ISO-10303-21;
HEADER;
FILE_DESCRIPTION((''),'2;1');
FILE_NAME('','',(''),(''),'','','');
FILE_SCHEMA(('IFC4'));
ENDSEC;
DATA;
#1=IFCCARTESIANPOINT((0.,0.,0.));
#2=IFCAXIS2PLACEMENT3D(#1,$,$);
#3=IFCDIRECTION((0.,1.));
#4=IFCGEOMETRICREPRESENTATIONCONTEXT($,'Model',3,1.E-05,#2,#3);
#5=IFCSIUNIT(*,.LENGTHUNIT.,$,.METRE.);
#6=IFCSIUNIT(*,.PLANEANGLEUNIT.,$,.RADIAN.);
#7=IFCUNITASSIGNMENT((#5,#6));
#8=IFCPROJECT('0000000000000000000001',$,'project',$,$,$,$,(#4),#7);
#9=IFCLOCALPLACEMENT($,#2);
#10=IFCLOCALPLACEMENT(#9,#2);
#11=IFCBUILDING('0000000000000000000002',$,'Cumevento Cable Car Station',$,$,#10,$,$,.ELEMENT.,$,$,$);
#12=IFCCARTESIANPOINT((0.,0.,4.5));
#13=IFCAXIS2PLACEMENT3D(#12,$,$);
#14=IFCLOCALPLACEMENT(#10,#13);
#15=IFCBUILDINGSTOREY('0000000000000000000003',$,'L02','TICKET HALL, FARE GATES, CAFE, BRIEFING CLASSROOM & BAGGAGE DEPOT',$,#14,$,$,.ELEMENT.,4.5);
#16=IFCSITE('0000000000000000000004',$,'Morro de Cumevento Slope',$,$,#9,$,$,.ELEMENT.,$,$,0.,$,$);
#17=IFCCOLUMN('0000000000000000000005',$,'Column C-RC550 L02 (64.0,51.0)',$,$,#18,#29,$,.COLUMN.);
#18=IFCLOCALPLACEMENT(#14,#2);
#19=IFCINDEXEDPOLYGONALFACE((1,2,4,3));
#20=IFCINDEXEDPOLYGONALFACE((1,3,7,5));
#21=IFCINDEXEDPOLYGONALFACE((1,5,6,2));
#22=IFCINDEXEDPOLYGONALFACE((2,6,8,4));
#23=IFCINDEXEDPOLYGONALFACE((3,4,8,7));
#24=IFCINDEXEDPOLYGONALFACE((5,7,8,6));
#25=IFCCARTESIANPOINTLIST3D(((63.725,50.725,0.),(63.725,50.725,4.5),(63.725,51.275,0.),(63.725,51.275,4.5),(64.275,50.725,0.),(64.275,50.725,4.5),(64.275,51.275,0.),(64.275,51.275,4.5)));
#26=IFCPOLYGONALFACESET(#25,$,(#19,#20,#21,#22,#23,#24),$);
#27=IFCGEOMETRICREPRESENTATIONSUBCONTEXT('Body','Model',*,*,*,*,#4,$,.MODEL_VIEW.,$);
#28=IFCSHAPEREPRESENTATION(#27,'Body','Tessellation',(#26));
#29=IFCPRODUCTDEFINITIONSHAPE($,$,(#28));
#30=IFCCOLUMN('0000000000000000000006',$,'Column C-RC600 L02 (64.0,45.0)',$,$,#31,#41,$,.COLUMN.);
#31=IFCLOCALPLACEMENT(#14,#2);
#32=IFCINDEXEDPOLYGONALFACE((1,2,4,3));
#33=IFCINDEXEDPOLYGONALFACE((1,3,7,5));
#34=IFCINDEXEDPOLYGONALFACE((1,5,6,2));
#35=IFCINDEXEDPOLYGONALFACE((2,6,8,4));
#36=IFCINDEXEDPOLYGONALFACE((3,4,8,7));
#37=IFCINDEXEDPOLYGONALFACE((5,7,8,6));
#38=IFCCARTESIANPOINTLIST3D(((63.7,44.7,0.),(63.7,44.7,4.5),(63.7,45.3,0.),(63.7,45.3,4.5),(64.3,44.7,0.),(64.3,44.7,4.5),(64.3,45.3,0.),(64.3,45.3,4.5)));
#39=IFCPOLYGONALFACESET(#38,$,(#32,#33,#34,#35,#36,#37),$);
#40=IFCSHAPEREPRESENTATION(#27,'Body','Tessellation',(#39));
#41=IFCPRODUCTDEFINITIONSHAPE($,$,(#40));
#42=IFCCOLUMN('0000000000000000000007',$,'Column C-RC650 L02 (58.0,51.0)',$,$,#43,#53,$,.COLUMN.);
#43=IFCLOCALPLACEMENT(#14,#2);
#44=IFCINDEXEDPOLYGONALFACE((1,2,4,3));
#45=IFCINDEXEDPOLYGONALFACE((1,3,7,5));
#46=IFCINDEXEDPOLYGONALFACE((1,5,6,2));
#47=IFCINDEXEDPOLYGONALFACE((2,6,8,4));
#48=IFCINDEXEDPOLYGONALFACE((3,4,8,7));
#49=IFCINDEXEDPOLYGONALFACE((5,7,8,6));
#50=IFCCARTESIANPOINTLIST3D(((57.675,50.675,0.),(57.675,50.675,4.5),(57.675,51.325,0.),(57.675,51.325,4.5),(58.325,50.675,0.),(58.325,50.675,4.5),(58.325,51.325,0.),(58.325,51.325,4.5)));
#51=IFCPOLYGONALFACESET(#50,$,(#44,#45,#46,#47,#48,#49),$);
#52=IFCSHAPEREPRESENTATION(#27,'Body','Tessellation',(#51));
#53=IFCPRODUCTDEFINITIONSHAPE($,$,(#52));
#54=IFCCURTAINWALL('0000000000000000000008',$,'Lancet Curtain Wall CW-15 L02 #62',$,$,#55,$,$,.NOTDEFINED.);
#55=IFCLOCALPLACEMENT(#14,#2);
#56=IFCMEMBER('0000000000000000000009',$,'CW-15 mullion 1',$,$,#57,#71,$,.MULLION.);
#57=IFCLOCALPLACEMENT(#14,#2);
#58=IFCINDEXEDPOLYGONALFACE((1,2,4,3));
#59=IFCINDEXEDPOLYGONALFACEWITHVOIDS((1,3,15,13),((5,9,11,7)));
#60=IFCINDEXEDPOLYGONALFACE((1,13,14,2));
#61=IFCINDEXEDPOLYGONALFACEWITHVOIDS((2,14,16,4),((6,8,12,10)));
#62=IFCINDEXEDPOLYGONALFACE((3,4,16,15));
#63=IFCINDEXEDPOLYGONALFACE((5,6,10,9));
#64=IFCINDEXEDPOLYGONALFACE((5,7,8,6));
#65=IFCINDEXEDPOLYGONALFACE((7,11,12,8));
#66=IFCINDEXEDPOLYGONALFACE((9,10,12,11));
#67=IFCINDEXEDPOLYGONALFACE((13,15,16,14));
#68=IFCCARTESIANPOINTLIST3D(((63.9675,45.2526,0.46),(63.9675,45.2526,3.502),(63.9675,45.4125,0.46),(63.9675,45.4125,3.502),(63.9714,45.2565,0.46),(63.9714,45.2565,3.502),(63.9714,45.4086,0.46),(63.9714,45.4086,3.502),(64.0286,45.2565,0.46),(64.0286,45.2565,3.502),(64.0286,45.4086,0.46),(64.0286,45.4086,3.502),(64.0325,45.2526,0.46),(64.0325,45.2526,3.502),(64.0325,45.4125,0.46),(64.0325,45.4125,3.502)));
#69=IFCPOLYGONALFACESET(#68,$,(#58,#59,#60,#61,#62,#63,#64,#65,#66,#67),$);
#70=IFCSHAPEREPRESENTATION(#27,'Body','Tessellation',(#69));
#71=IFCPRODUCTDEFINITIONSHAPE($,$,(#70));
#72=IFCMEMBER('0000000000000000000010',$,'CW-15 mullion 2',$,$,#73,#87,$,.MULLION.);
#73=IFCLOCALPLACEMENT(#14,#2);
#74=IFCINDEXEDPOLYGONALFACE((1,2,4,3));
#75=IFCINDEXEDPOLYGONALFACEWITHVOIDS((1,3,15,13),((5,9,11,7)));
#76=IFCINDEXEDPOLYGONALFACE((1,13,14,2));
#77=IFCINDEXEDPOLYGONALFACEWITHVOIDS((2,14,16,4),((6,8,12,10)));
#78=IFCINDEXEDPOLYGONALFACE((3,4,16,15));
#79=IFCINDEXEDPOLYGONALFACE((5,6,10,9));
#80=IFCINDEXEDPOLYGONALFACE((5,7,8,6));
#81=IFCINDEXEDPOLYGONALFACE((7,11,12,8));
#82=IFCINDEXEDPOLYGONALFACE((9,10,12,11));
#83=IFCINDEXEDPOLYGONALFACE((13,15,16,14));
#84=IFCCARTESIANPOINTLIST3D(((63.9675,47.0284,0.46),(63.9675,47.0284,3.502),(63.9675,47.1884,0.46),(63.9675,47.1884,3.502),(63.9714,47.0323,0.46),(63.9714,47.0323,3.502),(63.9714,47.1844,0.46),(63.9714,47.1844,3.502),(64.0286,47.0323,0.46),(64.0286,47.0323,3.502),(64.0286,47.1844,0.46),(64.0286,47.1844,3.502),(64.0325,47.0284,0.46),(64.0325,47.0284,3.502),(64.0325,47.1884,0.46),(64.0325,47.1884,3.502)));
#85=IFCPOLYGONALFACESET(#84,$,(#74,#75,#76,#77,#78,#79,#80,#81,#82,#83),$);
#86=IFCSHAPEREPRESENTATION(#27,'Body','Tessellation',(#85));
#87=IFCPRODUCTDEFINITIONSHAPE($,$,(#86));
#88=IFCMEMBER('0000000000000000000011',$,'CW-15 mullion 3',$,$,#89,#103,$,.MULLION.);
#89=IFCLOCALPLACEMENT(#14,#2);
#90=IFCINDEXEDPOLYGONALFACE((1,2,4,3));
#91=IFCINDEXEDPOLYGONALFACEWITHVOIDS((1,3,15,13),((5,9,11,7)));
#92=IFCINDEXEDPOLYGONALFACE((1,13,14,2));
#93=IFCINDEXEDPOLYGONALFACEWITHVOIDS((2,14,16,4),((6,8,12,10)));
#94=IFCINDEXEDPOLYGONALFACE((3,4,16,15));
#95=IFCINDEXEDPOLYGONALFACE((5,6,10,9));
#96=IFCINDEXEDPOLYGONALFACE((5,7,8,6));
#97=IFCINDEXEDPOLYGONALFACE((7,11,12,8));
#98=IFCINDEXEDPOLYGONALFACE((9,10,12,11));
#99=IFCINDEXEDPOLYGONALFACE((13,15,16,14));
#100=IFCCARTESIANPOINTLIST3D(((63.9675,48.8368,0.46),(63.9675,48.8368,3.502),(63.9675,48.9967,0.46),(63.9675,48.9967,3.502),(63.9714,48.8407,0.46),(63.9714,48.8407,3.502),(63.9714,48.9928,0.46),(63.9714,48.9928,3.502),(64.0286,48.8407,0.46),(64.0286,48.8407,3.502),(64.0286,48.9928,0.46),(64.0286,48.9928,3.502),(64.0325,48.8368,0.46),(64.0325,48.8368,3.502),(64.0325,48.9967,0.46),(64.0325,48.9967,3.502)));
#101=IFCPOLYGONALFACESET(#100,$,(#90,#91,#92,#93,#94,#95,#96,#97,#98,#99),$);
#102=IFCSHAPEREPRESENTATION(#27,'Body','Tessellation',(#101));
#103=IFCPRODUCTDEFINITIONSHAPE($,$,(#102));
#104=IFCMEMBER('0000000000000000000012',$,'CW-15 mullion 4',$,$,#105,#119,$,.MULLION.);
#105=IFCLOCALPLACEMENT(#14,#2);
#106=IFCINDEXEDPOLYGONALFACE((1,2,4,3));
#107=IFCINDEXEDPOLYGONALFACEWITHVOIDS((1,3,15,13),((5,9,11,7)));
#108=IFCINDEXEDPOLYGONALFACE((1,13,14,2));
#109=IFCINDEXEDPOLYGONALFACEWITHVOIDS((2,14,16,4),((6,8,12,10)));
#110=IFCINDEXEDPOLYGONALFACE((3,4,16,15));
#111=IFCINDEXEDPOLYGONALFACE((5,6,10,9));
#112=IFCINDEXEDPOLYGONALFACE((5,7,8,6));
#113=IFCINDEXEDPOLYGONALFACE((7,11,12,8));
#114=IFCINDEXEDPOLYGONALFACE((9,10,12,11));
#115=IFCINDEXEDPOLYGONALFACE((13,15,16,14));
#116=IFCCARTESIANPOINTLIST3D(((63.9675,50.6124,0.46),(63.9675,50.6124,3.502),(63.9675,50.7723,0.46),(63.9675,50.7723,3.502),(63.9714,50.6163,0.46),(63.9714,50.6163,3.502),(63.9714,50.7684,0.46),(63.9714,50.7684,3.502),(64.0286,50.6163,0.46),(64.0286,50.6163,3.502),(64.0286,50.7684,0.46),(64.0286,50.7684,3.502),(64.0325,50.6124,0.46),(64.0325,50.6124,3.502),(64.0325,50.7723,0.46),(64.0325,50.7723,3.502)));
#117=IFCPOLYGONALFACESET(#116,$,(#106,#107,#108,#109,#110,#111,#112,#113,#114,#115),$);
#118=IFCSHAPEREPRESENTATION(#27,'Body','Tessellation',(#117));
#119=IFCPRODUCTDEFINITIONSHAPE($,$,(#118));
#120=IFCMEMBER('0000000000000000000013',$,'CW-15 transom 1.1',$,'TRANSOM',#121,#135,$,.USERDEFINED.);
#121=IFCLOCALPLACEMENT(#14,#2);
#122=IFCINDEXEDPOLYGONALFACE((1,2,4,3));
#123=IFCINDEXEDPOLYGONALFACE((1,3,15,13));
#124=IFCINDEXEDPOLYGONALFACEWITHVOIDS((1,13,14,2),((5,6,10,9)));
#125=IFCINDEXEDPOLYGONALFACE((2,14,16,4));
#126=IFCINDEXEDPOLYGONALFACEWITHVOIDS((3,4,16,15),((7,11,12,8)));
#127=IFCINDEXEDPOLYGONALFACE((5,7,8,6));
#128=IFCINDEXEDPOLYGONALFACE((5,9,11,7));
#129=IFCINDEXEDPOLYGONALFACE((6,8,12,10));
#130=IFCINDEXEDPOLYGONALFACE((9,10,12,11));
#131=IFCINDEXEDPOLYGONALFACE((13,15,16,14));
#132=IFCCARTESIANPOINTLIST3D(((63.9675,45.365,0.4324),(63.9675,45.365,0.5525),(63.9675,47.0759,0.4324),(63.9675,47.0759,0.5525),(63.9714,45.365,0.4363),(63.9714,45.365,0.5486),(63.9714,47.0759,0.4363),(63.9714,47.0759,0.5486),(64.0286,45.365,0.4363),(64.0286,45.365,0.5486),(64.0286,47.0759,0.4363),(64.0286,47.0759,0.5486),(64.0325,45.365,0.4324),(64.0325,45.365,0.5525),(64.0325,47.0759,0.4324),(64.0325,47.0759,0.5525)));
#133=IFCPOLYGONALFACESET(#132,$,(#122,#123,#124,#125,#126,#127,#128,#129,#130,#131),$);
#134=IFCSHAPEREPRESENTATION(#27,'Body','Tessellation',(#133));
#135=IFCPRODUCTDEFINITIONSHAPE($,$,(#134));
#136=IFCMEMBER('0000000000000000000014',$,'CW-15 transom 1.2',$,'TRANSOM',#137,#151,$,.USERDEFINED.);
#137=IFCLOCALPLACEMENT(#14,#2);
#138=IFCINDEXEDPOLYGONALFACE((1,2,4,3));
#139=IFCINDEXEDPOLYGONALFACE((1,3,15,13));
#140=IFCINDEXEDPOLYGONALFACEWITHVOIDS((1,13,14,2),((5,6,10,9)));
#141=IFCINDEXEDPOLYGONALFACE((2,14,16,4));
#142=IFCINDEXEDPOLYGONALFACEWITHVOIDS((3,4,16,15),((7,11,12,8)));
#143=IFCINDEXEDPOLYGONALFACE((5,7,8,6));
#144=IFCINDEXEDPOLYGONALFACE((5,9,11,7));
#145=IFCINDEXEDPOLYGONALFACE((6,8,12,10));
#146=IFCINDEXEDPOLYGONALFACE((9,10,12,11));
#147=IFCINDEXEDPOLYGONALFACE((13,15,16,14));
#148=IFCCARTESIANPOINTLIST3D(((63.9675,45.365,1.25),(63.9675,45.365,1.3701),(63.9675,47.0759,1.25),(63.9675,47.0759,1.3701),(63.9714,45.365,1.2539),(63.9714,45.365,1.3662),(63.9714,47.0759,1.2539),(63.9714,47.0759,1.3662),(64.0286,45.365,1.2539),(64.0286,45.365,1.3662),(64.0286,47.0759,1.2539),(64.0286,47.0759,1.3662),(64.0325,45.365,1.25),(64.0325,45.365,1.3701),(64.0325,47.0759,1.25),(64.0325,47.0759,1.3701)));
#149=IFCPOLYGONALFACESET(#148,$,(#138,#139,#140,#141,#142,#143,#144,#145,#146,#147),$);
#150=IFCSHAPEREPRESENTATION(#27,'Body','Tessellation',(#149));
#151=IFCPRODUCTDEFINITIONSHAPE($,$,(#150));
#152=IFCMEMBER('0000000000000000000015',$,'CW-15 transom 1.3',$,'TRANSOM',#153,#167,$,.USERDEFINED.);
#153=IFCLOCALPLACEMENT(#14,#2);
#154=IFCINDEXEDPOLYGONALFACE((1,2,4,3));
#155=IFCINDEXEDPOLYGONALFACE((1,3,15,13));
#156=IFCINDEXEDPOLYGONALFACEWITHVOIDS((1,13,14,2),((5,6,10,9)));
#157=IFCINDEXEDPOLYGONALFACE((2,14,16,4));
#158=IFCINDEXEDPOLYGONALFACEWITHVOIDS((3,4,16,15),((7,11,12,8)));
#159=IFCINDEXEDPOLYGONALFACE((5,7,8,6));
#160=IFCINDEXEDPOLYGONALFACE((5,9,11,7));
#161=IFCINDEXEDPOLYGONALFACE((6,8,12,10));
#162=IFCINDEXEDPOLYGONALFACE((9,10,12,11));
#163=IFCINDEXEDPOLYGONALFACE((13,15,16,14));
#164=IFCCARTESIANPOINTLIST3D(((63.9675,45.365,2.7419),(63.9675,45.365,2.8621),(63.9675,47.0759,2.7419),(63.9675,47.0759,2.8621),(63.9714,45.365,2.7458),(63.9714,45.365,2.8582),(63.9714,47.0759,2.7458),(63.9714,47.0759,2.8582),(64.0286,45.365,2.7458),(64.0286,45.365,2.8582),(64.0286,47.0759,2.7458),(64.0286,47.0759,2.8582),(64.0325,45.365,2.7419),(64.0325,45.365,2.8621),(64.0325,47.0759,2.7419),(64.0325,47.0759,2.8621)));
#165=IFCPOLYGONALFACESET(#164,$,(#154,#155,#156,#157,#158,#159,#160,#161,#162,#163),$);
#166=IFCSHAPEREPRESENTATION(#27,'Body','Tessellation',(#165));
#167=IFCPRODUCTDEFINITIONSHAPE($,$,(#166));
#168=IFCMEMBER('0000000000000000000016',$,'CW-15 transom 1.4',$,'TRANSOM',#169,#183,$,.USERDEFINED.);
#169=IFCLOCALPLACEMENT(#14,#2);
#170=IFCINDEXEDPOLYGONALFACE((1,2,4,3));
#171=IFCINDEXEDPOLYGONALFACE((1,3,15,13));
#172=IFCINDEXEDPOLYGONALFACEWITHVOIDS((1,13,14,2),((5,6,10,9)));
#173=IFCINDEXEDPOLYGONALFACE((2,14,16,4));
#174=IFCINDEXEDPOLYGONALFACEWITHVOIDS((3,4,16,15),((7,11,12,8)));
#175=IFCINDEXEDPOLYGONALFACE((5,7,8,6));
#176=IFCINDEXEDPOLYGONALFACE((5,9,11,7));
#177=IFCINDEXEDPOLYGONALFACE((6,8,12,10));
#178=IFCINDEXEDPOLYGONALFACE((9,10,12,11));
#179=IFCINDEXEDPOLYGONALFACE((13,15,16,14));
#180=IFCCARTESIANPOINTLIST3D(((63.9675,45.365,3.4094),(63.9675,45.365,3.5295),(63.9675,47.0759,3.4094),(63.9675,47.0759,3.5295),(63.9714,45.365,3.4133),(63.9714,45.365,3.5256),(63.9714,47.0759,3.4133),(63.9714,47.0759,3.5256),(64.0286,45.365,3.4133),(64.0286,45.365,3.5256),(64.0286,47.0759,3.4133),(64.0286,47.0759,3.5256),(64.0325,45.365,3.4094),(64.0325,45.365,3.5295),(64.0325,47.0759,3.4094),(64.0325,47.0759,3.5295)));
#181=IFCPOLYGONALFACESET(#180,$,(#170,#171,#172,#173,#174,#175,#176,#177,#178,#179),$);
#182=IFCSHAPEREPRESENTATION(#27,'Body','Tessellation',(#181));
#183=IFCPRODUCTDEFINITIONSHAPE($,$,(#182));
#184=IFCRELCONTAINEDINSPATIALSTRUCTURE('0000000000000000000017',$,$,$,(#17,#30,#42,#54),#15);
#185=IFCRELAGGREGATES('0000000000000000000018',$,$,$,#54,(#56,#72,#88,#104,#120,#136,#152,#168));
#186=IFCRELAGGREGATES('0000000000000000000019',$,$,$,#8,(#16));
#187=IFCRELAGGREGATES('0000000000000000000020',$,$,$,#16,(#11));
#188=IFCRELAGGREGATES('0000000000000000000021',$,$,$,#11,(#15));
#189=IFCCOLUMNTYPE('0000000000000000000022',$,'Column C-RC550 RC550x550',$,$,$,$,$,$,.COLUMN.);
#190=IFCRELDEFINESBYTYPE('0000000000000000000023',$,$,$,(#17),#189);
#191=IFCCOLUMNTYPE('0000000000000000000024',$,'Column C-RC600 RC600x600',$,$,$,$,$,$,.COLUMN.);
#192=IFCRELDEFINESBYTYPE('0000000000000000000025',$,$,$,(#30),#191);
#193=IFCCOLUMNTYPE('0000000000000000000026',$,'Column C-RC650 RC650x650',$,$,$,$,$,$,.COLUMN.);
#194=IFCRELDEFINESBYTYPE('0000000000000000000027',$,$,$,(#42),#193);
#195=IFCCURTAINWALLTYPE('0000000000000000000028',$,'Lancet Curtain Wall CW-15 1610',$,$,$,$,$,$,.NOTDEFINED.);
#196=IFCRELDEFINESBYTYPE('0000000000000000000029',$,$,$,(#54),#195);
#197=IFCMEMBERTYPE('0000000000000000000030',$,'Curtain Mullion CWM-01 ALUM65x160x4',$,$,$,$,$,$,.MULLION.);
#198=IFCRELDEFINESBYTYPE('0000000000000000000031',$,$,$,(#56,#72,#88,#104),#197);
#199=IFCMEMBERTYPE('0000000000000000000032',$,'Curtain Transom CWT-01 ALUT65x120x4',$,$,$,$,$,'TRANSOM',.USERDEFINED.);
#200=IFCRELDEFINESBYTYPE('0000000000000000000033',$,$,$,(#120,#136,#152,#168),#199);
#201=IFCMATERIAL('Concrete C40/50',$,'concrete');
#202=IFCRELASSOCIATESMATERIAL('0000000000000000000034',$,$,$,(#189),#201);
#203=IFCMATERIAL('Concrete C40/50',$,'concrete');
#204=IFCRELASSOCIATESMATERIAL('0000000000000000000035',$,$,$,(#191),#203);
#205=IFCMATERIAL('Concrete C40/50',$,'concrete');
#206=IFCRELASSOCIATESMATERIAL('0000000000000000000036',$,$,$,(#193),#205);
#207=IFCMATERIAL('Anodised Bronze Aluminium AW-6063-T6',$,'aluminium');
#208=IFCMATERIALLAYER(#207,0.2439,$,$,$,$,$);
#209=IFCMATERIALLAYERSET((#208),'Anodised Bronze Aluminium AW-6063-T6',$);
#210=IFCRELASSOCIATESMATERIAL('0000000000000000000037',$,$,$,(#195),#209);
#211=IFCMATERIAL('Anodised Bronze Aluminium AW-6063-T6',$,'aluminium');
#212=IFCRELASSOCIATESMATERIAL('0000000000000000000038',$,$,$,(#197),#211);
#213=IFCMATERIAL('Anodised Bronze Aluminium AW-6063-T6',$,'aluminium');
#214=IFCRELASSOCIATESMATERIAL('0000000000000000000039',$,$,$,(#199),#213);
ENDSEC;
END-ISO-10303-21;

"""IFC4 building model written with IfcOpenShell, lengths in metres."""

from ifc_helpers import new_model, si_unit, direction, frame, origin, origin_2d, place, context, subcontext, project, spatial, rectangle, hollow_rectangle, extrude, material, layer, layer_set, material_profile, profile_set, type_object, element, aggregate, save


model = new_model("IFC4")

# Units and contexts
model_context = context("Model", 3, precision=1e-05, world=origin(), true_north=direction((0.0, 1.0)))
body_context = subcontext(model_context, "Body", "Model", "MODEL_VIEW")
ifc_project = project(units=[si_unit("LENGTHUNIT", "METRE"), si_unit("PLANEANGLEUNIT", "RADIAN")], contexts=[model_context])

# Site, building, storey
site_placement = place(None, origin())
site = spatial("IfcSite", under=ifc_project, at=site_placement, Name="Morro de Cumevento Slope", CompositionType="ELEMENT", RefElevation=0.0)
building_placement = place(site_placement, origin())
building = spatial("IfcBuilding", under=site, at=building_placement, Name="Cumevento Cable Car Station", CompositionType="ELEMENT")
storey_placement = place(building_placement, frame((0.0, 0.0, 4.5)))
storey = spatial("IfcBuildingStorey", under=building, at=storey_placement, Name="L02", Description="TICKET HALL, FARE GATES, CAFE, BRIEFING CLASSROOM & BAGGAGE DEPOT", CompositionType="ELEMENT", Elevation=4.5)

# Columns
ifc_material_1 = material(Name="Concrete C40/50", Category="concrete")
ifc_material_profile_1 = material_profile(ifc_material_1, rectangle(XDim=0.55, YDim=0.55, at=origin_2d()), Name="RC550x550")
ifc_profile_set_1 = profile_set([ifc_material_profile_1], Name="Concrete C40/50")
column_type_1 = type_object("IfcColumnType", Name="Column C-RC550 RC550x550", PredefinedType="COLUMN", material=ifc_profile_set_1)
column_1_placement = place(storey_placement, frame((64.0, 51.0, 0.0), z_axis=(0.0, 0.0, 1.0), x_axis=(1.0, 0.0, 0.0)))
element("IfcColumn", 1, at=column_1_placement, inside=storey, type_object=column_type_1, Name="Column C-RC550 L02 (64.0,51.0)", PredefinedType="COLUMN", context=body_context, shape_type="SweptSolid", body=[
    extrude(rectangle(XDim=0.55, YDim=0.55, at=origin_2d()), origin(), (0.0, 0.0, 1.0), 4.5),
])
ifc_material_2 = material(Name="Concrete C40/50", Category="concrete")
ifc_material_profile_2 = material_profile(ifc_material_2, rectangle(XDim=0.6001, YDim=0.6001, at=origin_2d()), Name="RC600x600")
ifc_profile_set_2 = profile_set([ifc_material_profile_2], Name="Concrete C40/50")
column_type_2 = type_object("IfcColumnType", Name="Column C-RC600 RC600x600", PredefinedType="COLUMN", material=ifc_profile_set_2)
column_2_placement = place(storey_placement, frame((64.0, 45.0, 0.0), z_axis=(0.0, 0.0, 1.0), x_axis=(1.0, 0.0, 0.0)))
element("IfcColumn", 2, at=column_2_placement, inside=storey, type_object=column_type_2, Name="Column C-RC600 L02 (64.0,45.0)", PredefinedType="COLUMN", context=body_context, shape_type="SweptSolid", body=[
    extrude(rectangle(XDim=0.6001, YDim=0.6001, at=origin_2d()), origin(), (0.0, 0.0, 1.0), 4.5),
])
ifc_material_3 = material(Name="Concrete C40/50", Category="concrete")
ifc_material_profile_3 = material_profile(ifc_material_3, rectangle(XDim=0.6499, YDim=0.6499, at=origin_2d()), Name="RC650x650")
ifc_profile_set_3 = profile_set([ifc_material_profile_3], Name="Concrete C40/50")
column_type_3 = type_object("IfcColumnType", Name="Column C-RC650 RC650x650", PredefinedType="COLUMN", material=ifc_profile_set_3)
column_3_placement = place(storey_placement, frame((58.0, 51.0, 0.0), z_axis=(0.0, 0.0, 1.0), x_axis=(1.0, 0.0, 0.0)))
element("IfcColumn", 3, at=column_3_placement, inside=storey, type_object=column_type_3, Name="Column C-RC650 L02 (58.0,51.0)", PredefinedType="COLUMN", context=body_context, shape_type="SweptSolid", body=[
    extrude(rectangle(XDim=0.6499, YDim=0.6499, at=origin_2d()), origin(), (0.0, 0.0, 1.0), 4.5),
])

# Curtain wall, members
ifc_material_4 = material(Name="Anodised Bronze Aluminium AW-6063-T6", Category="aluminium")
ifc_layer_1 = layer(ifc_material_4, 0.2439)
ifc_layer_set_1 = layer_set([ifc_layer_1], Name="Anodised Bronze Aluminium AW-6063-T6")
curtain_wall_type = type_object("IfcCurtainWallType", Name="Lancet Curtain Wall CW-15 1610", PredefinedType="NOTDEFINED", material=ifc_layer_set_1)
curtain_wall_placement = place(storey_placement, origin())
curtain_wall = element("IfcCurtainWall", 4, at=curtain_wall_placement, inside=storey, type_object=curtain_wall_type, Name="Lancet Curtain Wall CW-15 L02 #62", PredefinedType="NOTDEFINED")
ifc_material_5 = material(Name="Anodised Bronze Aluminium AW-6063-T6", Category="aluminium")
ifc_material_profile_4 = material_profile(ifc_material_5, hollow_rectangle(XDim=0.0649, YDim=0.1599, WallThickness=0.0039, at=origin_2d()), Name="ALUM65x160x4")
ifc_profile_set_4 = profile_set([ifc_material_profile_4], Name="Anodised Bronze Aluminium AW-6063-T6")
member_type_1 = type_object("IfcMemberType", Name="Curtain Mullion CWM-01 ALUM65x160x4", PredefinedType="MULLION", material=ifc_profile_set_4)
member_1_placement = place(storey_placement, frame((64.0, 45.3325, 0.46), z_axis=(0.0, 0.0, 1.0), x_axis=(-1.0, 0.0, 0.0)))
member_1 = element("IfcMember", 5, at=member_1_placement, type_object=member_type_1, Name="CW-15 mullion 1", PredefinedType="MULLION", context=body_context, shape_type="SweptSolid", body=[
    extrude(hollow_rectangle(XDim=0.0649, YDim=0.1599, WallThickness=0.0039, at=origin_2d()), origin(), (0.0, 0.0, 1.0), 3.042),
])
member_2_placement = place(storey_placement, frame((64.0, 47.1084, 0.46), z_axis=(0.0, 0.0, 1.0), x_axis=(-1.0, 0.0, 0.0)))
member_2 = element("IfcMember", 6, at=member_2_placement, type_object=member_type_1, Name="CW-15 mullion 2", PredefinedType="MULLION", context=body_context, shape_type="SweptSolid", body=[
    extrude(hollow_rectangle(XDim=0.0649, YDim=0.1599, WallThickness=0.0039, at=origin_2d()), origin(), (0.0, 0.0, 1.0), 3.042),
])
member_3_placement = place(storey_placement, frame((64.0, 48.9167, 0.46), z_axis=(0.0, 0.0, 1.0), x_axis=(-1.0, 0.0, 0.0)))
member_3 = element("IfcMember", 7, at=member_3_placement, type_object=member_type_1, Name="CW-15 mullion 3", PredefinedType="MULLION", context=body_context, shape_type="SweptSolid", body=[
    extrude(hollow_rectangle(XDim=0.0649, YDim=0.1599, WallThickness=0.0039, at=origin_2d()), origin(), (0.0, 0.0, 1.0), 3.042),
])
member_4_placement = place(storey_placement, frame((64.0, 50.6924, 0.46), z_axis=(0.0, 0.0, 1.0), x_axis=(-1.0, 0.0, 0.0)))
member_4 = element("IfcMember", 8, at=member_4_placement, type_object=member_type_1, Name="CW-15 mullion 4", PredefinedType="MULLION", context=body_context, shape_type="SweptSolid", body=[
    extrude(hollow_rectangle(XDim=0.0649, YDim=0.1599, WallThickness=0.0039, at=origin_2d()), origin(), (0.0, 0.0, 1.0), 3.042),
])
ifc_material_6 = material(Name="Anodised Bronze Aluminium AW-6063-T6", Category="aluminium")
ifc_material_profile_5 = material_profile(ifc_material_6, hollow_rectangle(XDim=0.0649, YDim=0.1201, WallThickness=0.0039, at=origin_2d()), Name="ALUT65x120x4")
ifc_profile_set_5 = profile_set([ifc_material_profile_5], Name="Anodised Bronze Aluminium AW-6063-T6")
member_type_2 = type_object("IfcMemberType", Name="Curtain Transom CWT-01 ALUT65x120x4", ElementType="TRANSOM", PredefinedType="USERDEFINED", material=ifc_profile_set_5)
member_5_placement = place(storey_placement, frame((64.0, 45.365, 0.4924), z_axis=(0.0, 1.0, 0.0), x_axis=(-1.0, 0.0, 0.0)))
member_5 = element("IfcMember", 9, at=member_5_placement, type_object=member_type_2, Name="CW-15 transom 1.1", ObjectType="TRANSOM", PredefinedType="USERDEFINED", context=body_context, shape_type="SweptSolid", body=[
    extrude(hollow_rectangle(XDim=0.0649, YDim=0.1201, WallThickness=0.0039, at=origin_2d()), origin(), (0.0, 0.0, 1.0), 1.7109),
])
member_6_placement = place(storey_placement, frame((64.0, 45.365, 1.3101), z_axis=(0.0, 1.0, 0.0), x_axis=(-1.0, 0.0, 0.0)))
member_6 = element("IfcMember", 10, at=member_6_placement, type_object=member_type_2, Name="CW-15 transom 1.2", ObjectType="TRANSOM", PredefinedType="USERDEFINED", context=body_context, shape_type="SweptSolid", body=[
    extrude(hollow_rectangle(XDim=0.0649, YDim=0.1201, WallThickness=0.0039, at=origin_2d()), origin(), (0.0, 0.0, 1.0), 1.7109),
])
member_7_placement = place(storey_placement, frame((64.0, 45.365, 2.802), z_axis=(0.0, 1.0, 0.0), x_axis=(-1.0, 0.0, 0.0)))
member_7 = element("IfcMember", 11, at=member_7_placement, type_object=member_type_2, Name="CW-15 transom 1.3", ObjectType="TRANSOM", PredefinedType="USERDEFINED", context=body_context, shape_type="SweptSolid", body=[
    extrude(hollow_rectangle(XDim=0.0649, YDim=0.1201, WallThickness=0.0039, at=origin_2d()), origin(), (0.0, 0.0, 1.0), 1.7109),
])
member_8_placement = place(storey_placement, frame((64.0, 45.365, 3.4695), z_axis=(0.0, 1.0, 0.0), x_axis=(-1.0, 0.0, 0.0)))
member_8 = element("IfcMember", 12, at=member_8_placement, type_object=member_type_2, Name="CW-15 transom 1.4", ObjectType="TRANSOM", PredefinedType="USERDEFINED", context=body_context, shape_type="SweptSolid", body=[
    extrude(hollow_rectangle(XDim=0.0649, YDim=0.1201, WallThickness=0.0039, at=origin_2d()), origin(), (0.0, 0.0, 1.0), 1.7109),
])

aggregate(curtain_wall, [member_1, member_2, member_3, member_4, member_5, member_6, member_7, member_8])

save(model, "model.ifc")
